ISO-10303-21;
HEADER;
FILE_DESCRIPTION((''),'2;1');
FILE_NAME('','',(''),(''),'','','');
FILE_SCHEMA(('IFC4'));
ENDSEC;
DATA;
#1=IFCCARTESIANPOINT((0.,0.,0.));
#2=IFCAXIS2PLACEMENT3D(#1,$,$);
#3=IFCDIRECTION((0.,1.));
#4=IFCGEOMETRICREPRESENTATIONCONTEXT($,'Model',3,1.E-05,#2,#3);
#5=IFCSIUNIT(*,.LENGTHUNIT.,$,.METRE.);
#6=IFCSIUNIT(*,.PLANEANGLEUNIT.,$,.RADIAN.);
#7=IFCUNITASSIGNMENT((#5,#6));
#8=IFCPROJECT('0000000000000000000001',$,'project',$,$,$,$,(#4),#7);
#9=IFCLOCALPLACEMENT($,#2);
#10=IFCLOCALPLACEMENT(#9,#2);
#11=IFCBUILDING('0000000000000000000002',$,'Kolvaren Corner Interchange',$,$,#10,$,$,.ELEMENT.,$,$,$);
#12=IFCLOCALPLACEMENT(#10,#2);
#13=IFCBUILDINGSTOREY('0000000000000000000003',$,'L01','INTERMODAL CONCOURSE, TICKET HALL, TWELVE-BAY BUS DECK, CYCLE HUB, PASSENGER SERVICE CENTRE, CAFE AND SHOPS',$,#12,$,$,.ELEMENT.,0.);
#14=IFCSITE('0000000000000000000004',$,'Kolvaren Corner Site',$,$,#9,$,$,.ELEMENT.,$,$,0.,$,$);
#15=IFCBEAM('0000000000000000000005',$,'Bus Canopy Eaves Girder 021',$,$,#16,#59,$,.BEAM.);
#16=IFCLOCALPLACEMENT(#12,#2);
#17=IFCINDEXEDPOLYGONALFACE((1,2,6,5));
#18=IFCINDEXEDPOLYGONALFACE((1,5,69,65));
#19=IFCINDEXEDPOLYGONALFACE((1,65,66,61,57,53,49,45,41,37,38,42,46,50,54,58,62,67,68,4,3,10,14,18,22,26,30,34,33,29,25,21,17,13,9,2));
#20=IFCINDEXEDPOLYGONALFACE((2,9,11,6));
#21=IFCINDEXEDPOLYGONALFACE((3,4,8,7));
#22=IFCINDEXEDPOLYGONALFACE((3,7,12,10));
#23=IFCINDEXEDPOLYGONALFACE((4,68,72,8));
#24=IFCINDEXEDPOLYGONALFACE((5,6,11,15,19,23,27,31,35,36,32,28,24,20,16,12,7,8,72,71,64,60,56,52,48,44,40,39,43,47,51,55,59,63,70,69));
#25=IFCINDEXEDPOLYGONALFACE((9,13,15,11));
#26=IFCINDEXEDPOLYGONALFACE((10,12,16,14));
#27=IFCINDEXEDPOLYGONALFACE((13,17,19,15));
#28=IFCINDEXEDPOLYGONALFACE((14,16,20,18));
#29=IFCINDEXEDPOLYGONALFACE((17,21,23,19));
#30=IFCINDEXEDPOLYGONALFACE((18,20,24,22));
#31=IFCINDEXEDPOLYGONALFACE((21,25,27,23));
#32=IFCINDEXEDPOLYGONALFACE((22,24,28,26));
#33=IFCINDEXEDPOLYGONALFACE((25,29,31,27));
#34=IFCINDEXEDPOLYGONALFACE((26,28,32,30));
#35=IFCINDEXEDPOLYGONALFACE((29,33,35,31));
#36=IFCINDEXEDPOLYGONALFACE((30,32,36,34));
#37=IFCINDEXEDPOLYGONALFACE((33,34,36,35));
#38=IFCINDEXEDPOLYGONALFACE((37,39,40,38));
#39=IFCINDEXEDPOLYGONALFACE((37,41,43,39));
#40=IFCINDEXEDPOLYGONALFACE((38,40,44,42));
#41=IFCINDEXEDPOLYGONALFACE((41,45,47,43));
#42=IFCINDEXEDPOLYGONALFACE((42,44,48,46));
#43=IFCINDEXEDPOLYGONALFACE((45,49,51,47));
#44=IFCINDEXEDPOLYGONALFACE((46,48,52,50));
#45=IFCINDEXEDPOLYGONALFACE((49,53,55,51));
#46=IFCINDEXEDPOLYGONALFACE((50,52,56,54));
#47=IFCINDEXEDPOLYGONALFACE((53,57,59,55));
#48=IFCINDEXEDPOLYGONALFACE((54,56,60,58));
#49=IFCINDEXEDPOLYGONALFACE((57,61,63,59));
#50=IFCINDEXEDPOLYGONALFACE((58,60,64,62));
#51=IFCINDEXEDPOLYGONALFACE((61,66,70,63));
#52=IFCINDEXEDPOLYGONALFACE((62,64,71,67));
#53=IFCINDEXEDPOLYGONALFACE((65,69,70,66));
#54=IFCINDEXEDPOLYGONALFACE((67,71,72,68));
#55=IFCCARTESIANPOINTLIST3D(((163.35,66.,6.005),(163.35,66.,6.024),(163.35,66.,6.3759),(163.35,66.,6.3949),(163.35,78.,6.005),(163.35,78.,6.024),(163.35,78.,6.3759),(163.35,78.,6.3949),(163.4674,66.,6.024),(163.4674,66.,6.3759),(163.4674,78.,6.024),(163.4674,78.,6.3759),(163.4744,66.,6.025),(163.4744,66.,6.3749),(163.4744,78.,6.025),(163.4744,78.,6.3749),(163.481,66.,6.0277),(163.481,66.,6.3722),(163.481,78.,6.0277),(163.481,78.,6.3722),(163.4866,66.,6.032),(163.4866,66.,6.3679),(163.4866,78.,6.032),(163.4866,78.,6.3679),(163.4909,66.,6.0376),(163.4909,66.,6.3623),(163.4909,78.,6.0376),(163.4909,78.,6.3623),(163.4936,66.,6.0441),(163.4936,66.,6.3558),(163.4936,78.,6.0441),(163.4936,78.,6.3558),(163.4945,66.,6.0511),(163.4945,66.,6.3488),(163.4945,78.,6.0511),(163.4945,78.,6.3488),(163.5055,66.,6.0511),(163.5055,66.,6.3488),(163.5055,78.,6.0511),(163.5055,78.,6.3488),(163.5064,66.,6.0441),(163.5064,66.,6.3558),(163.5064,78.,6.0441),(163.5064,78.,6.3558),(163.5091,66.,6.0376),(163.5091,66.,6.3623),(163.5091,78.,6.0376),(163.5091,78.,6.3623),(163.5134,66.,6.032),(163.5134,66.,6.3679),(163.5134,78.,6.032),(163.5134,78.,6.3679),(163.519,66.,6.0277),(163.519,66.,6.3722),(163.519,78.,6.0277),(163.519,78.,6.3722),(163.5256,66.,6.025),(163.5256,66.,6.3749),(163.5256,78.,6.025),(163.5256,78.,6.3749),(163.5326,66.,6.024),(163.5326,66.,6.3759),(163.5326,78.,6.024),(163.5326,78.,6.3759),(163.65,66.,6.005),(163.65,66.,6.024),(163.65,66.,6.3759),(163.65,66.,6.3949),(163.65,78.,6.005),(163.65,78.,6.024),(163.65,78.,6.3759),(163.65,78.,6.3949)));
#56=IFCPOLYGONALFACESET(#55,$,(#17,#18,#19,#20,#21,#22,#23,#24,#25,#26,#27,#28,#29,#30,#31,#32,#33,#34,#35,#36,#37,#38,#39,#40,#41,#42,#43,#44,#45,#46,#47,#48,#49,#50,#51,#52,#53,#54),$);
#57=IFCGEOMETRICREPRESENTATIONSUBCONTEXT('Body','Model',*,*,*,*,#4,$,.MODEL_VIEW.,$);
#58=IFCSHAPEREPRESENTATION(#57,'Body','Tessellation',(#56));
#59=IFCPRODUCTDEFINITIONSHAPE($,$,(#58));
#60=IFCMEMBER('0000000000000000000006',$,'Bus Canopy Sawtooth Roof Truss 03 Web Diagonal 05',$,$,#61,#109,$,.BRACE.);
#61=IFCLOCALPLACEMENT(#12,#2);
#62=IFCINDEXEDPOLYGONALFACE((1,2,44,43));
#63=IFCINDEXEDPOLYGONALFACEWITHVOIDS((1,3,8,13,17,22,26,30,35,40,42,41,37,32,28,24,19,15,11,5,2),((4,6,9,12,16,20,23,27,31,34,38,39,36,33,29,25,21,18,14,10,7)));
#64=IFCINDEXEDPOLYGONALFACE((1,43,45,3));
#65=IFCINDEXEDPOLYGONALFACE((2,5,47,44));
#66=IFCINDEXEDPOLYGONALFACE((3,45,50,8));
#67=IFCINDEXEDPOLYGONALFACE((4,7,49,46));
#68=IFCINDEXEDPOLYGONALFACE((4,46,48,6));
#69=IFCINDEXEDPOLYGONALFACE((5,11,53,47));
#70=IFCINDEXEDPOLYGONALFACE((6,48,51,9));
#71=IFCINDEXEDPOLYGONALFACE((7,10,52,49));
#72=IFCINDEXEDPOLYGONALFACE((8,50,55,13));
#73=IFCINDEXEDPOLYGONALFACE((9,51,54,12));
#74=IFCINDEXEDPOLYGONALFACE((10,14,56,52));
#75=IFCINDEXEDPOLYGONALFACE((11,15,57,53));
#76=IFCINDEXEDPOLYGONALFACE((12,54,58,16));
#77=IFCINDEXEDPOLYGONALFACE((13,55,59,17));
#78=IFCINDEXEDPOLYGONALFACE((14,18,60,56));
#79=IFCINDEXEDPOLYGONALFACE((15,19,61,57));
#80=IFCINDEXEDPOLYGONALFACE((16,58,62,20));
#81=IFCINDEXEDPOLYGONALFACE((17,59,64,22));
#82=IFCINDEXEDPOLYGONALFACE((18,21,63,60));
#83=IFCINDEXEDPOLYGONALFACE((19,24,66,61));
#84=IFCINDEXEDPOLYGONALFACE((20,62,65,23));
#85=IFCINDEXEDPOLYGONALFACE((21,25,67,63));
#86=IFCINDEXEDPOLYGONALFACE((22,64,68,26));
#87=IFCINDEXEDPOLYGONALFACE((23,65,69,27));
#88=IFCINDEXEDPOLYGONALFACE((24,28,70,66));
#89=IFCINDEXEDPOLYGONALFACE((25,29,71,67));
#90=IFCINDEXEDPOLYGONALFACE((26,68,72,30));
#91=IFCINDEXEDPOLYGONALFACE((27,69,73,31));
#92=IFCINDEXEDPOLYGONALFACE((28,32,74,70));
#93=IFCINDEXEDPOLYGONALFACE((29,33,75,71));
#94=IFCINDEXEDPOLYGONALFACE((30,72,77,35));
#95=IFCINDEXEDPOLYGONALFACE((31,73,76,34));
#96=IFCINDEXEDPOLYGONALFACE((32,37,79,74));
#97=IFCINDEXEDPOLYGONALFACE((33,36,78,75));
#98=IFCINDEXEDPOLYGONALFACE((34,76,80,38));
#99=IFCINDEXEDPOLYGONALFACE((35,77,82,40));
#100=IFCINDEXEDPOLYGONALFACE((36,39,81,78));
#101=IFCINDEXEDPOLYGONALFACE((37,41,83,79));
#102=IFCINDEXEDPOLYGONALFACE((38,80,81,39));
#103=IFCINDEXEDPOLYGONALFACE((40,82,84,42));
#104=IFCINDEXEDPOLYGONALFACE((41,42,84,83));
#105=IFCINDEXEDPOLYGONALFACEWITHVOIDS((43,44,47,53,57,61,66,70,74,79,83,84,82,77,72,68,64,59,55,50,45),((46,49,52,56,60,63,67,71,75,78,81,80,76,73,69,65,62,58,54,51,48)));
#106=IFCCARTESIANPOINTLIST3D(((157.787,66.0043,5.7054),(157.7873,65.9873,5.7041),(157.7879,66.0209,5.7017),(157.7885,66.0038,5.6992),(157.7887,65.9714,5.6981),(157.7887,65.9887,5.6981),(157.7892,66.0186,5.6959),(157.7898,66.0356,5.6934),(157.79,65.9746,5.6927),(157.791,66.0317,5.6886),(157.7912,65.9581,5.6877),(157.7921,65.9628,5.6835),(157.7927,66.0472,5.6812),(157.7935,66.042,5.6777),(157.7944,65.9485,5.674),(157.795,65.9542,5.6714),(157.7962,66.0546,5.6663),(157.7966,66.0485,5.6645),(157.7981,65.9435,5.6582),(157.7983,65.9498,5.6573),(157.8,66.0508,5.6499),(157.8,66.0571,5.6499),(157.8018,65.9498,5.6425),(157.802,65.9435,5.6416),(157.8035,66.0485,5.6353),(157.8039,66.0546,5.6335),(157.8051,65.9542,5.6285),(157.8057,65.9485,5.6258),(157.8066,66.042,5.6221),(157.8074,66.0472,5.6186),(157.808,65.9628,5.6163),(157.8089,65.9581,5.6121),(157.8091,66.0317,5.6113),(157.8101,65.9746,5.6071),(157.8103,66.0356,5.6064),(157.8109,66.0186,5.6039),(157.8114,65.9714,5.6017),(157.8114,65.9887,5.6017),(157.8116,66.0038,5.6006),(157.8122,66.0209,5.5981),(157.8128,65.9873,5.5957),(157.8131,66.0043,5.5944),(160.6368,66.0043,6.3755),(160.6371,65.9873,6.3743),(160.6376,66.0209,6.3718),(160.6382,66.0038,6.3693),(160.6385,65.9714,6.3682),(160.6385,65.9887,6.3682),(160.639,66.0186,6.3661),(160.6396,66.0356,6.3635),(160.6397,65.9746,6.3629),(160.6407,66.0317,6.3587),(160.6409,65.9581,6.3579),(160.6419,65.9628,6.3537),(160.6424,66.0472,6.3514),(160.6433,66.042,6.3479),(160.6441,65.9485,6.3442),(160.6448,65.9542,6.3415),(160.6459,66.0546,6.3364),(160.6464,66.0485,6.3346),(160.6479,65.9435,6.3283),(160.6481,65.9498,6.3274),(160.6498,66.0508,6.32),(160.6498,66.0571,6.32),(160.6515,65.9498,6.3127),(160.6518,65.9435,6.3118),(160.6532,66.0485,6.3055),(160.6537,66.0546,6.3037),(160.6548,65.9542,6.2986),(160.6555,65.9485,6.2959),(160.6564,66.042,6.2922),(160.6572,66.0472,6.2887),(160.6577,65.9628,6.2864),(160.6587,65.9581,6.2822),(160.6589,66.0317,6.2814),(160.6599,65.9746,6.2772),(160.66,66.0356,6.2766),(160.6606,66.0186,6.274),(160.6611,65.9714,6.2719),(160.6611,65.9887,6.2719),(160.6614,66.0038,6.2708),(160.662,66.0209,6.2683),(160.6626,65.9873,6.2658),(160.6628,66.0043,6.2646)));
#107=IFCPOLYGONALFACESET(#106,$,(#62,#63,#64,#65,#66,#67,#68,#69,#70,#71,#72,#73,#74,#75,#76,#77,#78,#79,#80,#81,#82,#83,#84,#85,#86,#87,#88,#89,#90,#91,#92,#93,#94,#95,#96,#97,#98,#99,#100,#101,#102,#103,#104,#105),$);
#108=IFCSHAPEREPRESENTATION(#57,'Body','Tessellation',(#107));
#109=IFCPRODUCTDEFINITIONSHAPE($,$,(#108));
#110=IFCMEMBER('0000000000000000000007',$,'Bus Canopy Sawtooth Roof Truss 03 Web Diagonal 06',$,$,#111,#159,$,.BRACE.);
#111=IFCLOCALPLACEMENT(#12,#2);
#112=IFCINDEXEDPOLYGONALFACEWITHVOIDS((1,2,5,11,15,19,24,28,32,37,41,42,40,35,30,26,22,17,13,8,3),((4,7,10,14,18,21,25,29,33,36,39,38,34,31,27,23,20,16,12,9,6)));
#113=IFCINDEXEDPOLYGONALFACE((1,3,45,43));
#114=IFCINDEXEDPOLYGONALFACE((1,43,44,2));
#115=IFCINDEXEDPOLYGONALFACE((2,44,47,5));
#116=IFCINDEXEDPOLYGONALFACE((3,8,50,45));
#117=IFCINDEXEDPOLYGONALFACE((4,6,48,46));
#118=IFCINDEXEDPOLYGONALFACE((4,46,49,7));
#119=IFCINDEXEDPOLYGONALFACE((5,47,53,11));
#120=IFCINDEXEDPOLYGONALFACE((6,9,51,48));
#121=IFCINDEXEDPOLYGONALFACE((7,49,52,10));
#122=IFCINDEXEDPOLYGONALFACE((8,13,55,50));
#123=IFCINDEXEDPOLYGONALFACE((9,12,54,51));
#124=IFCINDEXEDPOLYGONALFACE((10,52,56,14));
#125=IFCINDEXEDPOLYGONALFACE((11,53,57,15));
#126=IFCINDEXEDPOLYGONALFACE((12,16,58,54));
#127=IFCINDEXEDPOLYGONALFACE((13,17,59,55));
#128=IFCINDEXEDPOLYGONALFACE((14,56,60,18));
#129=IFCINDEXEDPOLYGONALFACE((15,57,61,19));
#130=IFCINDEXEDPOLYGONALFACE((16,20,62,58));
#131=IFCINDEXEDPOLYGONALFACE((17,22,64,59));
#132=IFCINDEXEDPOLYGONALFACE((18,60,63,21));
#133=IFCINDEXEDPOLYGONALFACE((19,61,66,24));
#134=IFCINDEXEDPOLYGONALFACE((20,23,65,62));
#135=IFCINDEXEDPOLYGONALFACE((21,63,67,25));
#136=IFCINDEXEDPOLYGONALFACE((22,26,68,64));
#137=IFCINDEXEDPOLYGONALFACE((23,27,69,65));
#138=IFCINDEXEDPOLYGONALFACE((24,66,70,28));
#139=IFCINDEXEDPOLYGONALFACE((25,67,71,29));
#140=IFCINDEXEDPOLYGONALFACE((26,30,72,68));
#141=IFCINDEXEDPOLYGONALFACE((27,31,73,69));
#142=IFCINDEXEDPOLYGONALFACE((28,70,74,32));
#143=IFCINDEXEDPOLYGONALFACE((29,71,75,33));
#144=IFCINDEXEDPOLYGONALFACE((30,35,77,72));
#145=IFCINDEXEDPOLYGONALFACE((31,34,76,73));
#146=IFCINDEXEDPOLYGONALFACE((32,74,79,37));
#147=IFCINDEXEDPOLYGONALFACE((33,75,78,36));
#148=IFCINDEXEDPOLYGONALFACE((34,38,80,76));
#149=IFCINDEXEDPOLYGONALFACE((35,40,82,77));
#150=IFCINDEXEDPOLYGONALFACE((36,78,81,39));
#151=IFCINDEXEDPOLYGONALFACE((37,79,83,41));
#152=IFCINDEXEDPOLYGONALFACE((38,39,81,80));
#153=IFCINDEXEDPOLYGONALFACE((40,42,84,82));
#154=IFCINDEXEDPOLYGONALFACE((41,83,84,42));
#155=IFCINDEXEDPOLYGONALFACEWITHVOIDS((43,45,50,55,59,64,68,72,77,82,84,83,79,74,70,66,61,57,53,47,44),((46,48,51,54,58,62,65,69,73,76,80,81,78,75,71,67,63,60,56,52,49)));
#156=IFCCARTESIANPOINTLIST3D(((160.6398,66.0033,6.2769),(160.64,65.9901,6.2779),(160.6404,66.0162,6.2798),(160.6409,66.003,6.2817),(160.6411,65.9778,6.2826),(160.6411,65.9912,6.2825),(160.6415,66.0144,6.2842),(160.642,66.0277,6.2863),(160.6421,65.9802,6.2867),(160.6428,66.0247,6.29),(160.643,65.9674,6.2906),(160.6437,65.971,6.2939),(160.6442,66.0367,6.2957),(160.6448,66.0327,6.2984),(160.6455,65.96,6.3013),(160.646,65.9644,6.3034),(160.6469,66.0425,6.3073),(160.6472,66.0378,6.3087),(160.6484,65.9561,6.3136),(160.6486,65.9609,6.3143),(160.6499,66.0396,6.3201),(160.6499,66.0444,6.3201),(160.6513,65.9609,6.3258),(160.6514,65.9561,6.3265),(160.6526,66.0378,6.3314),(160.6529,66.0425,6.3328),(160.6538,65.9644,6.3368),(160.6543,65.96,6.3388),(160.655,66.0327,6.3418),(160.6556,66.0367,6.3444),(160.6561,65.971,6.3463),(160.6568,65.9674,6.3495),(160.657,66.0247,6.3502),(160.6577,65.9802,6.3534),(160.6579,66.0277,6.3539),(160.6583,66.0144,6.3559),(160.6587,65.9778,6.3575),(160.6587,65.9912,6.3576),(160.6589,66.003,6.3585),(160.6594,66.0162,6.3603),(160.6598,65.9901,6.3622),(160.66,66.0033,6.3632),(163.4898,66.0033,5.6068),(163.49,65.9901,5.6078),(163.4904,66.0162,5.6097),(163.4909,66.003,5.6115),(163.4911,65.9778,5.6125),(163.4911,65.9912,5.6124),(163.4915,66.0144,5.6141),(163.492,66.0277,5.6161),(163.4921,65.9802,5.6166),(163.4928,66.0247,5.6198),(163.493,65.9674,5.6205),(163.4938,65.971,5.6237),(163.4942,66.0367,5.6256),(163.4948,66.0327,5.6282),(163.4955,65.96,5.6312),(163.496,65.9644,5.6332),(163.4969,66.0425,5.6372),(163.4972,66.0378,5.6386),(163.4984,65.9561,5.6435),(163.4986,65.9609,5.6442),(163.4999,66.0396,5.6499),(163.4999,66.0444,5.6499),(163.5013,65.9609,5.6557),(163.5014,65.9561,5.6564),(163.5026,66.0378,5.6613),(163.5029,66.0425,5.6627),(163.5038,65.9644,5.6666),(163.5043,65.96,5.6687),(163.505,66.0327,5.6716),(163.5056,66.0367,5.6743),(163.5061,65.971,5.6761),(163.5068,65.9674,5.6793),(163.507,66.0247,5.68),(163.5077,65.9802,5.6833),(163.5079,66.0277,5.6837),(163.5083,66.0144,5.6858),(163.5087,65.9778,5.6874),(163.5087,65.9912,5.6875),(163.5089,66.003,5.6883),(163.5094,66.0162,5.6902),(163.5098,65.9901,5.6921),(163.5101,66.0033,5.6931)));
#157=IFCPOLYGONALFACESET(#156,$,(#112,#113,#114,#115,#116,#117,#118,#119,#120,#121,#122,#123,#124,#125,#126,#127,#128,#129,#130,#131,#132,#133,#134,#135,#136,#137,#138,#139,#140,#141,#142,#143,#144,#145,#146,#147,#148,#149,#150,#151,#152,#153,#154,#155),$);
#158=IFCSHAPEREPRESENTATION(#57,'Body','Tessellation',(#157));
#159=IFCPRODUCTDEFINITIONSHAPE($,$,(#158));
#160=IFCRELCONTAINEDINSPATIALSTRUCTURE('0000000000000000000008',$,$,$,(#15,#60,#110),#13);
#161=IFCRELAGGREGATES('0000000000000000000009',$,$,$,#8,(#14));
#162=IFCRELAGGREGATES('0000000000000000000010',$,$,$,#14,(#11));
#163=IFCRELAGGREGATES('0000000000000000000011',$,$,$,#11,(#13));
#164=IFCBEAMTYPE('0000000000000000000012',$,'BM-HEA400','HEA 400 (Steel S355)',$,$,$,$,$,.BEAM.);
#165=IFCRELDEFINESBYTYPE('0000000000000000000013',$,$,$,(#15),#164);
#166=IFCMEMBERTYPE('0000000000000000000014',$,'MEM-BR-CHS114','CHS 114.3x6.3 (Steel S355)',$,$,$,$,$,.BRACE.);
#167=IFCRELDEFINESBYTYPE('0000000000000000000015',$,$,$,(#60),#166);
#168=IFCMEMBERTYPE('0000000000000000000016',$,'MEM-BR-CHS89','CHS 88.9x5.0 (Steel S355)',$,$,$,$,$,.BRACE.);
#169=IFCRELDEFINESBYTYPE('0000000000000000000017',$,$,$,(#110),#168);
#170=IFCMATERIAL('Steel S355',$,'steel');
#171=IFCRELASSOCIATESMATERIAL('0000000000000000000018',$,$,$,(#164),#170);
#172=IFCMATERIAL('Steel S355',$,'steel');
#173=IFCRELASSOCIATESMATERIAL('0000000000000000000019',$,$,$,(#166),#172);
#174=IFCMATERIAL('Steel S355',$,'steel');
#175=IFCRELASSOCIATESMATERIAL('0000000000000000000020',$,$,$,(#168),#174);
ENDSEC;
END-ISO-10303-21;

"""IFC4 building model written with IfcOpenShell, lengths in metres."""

from ifc_helpers import new_model, si_unit, direction, frame, origin, origin_2d, place, context, subcontext, project, spatial, hollow_circle, i_section, extrude, material, material_profile, profile_set, type_object, element, save


model = new_model("IFC4")

# Units and contexts
model_context = context("Model", 3, precision=1e-05, world=origin(), true_north=direction((0.0, 1.0)))
body_context = subcontext(model_context, "Body", "Model", "MODEL_VIEW")
ifc_project = project(units=[si_unit("LENGTHUNIT", "METRE"), si_unit("PLANEANGLEUNIT", "RADIAN")], contexts=[model_context])

# Site, building, storey
site_placement = place(None, origin())
site = spatial("IfcSite", under=ifc_project, at=site_placement, Name="Kolvaren Corner Site", CompositionType="ELEMENT", RefElevation=0.0)
building_placement = place(site_placement, origin())
building = spatial("IfcBuilding", under=site, at=building_placement, Name="Kolvaren Corner Interchange", CompositionType="ELEMENT")
storey_placement = place(building_placement, origin())
storey = spatial("IfcBuildingStorey", under=building, at=storey_placement, Name="L01", Description="INTERMODAL CONCOURSE, TICKET HALL, TWELVE-BAY BUS DECK, CYCLE HUB, PASSENGER SERVICE CENTRE, CAFE AND SHOPS", CompositionType="ELEMENT", Elevation=0.0)

# Beam
ifc_material_1 = material(Name="Steel S355", Category="steel")
ifc_material_profile_1 = material_profile(ifc_material_1, i_section(OverallWidth=0.3, OverallDepth=0.3899, WebThickness=0.011, FlangeThickness=0.019, FilletRadius=0.0271, at=origin_2d()), Name="HEA 400")
ifc_profile_set_1 = profile_set([ifc_material_profile_1], Name="Steel S355")
beam_type = type_object("IfcBeamType", Name="BM-HEA400", Description="HEA 400 (Steel S355)", PredefinedType="BEAM", material=ifc_profile_set_1)
for number, where, z_axis, x_axis, name in (
    (1, (163.5, 66.0, 6.2), (0.0, 1.0, 0.0), (-1.0, 0.0, 0.0), "Bus Canopy Eaves Girder 021"),
):
    element("IfcBeam", number, at=place(storey_placement, frame(where, z_axis=z_axis, x_axis=x_axis)), inside=storey, type_object=beam_type, Name=name, PredefinedType="BEAM", context=body_context, shape_type="SweptSolid", body=[
        extrude(i_section(OverallWidth=0.3, OverallDepth=0.3899, WebThickness=0.011, FlangeThickness=0.019, FilletRadius=0.0271, at=origin_2d()), origin(), (0.0, 0.0, 1.0), 12.0),
    ])

# Members
ifc_material_2 = material(Name="Steel S355", Category="steel")
ifc_material_profile_2 = material_profile(ifc_material_2, hollow_circle(Radius=0.0571, WallThickness=0.0063, at=origin_2d()), Name="CHS 114.3x6.3")
ifc_profile_set_2 = profile_set([ifc_material_profile_2], Name="Steel S355")
member_type_1 = type_object("IfcMemberType", Name="MEM-BR-CHS114", Description="CHS 114.3x6.3 (Steel S355)", PredefinedType="BRACE", material=ifc_profile_set_2)
member_1_placement = place(storey_placement, frame((157.8, 66.0, 5.6499), z_axis=(0.973447, 0.0, 0.228914), x_axis=(0.0, 1.0, 0.0)))
element("IfcMember", 2, at=member_1_placement, inside=storey, type_object=member_type_1, Name="Bus Canopy Sawtooth Roof Truss 03 Web Diagonal 05", PredefinedType="BRACE", context=body_context, shape_type="SweptSolid", body=[
    extrude(hollow_circle(Radius=0.0571, WallThickness=0.0063, at=origin_2d()), origin(), (0.0, 0.0, 1.0), 2.9275),
])
ifc_material_3 = material(Name="Steel S355", Category="steel")
ifc_material_profile_3 = material_profile(ifc_material_3, hollow_circle(Radius=0.0444, WallThickness=0.0049, at=origin_2d()), Name="CHS 88.9x5.0")
ifc_profile_set_3 = profile_set([ifc_material_profile_3], Name="Steel S355")
member_type_2 = type_object("IfcMemberType", Name="MEM-BR-CHS89", Description="CHS 88.9x5.0 (Steel S355)", PredefinedType="BRACE", material=ifc_profile_set_3)
member_2_placement = place(storey_placement, frame((160.6499, 66.0, 6.3201), z_axis=(0.973451, 0.0, -0.228895), x_axis=(0.0, 1.0, 0.0)))
element("IfcMember", 3, at=member_2_placement, inside=storey, type_object=member_type_2, Name="Bus Canopy Sawtooth Roof Truss 03 Web Diagonal 06", PredefinedType="BRACE", context=body_context, shape_type="SweptSolid", body=[
    extrude(hollow_circle(Radius=0.0444, WallThickness=0.0049, at=origin_2d()), origin(), (0.0, 0.0, 1.0), 2.9277),
])

save(model, "model.ifc")
